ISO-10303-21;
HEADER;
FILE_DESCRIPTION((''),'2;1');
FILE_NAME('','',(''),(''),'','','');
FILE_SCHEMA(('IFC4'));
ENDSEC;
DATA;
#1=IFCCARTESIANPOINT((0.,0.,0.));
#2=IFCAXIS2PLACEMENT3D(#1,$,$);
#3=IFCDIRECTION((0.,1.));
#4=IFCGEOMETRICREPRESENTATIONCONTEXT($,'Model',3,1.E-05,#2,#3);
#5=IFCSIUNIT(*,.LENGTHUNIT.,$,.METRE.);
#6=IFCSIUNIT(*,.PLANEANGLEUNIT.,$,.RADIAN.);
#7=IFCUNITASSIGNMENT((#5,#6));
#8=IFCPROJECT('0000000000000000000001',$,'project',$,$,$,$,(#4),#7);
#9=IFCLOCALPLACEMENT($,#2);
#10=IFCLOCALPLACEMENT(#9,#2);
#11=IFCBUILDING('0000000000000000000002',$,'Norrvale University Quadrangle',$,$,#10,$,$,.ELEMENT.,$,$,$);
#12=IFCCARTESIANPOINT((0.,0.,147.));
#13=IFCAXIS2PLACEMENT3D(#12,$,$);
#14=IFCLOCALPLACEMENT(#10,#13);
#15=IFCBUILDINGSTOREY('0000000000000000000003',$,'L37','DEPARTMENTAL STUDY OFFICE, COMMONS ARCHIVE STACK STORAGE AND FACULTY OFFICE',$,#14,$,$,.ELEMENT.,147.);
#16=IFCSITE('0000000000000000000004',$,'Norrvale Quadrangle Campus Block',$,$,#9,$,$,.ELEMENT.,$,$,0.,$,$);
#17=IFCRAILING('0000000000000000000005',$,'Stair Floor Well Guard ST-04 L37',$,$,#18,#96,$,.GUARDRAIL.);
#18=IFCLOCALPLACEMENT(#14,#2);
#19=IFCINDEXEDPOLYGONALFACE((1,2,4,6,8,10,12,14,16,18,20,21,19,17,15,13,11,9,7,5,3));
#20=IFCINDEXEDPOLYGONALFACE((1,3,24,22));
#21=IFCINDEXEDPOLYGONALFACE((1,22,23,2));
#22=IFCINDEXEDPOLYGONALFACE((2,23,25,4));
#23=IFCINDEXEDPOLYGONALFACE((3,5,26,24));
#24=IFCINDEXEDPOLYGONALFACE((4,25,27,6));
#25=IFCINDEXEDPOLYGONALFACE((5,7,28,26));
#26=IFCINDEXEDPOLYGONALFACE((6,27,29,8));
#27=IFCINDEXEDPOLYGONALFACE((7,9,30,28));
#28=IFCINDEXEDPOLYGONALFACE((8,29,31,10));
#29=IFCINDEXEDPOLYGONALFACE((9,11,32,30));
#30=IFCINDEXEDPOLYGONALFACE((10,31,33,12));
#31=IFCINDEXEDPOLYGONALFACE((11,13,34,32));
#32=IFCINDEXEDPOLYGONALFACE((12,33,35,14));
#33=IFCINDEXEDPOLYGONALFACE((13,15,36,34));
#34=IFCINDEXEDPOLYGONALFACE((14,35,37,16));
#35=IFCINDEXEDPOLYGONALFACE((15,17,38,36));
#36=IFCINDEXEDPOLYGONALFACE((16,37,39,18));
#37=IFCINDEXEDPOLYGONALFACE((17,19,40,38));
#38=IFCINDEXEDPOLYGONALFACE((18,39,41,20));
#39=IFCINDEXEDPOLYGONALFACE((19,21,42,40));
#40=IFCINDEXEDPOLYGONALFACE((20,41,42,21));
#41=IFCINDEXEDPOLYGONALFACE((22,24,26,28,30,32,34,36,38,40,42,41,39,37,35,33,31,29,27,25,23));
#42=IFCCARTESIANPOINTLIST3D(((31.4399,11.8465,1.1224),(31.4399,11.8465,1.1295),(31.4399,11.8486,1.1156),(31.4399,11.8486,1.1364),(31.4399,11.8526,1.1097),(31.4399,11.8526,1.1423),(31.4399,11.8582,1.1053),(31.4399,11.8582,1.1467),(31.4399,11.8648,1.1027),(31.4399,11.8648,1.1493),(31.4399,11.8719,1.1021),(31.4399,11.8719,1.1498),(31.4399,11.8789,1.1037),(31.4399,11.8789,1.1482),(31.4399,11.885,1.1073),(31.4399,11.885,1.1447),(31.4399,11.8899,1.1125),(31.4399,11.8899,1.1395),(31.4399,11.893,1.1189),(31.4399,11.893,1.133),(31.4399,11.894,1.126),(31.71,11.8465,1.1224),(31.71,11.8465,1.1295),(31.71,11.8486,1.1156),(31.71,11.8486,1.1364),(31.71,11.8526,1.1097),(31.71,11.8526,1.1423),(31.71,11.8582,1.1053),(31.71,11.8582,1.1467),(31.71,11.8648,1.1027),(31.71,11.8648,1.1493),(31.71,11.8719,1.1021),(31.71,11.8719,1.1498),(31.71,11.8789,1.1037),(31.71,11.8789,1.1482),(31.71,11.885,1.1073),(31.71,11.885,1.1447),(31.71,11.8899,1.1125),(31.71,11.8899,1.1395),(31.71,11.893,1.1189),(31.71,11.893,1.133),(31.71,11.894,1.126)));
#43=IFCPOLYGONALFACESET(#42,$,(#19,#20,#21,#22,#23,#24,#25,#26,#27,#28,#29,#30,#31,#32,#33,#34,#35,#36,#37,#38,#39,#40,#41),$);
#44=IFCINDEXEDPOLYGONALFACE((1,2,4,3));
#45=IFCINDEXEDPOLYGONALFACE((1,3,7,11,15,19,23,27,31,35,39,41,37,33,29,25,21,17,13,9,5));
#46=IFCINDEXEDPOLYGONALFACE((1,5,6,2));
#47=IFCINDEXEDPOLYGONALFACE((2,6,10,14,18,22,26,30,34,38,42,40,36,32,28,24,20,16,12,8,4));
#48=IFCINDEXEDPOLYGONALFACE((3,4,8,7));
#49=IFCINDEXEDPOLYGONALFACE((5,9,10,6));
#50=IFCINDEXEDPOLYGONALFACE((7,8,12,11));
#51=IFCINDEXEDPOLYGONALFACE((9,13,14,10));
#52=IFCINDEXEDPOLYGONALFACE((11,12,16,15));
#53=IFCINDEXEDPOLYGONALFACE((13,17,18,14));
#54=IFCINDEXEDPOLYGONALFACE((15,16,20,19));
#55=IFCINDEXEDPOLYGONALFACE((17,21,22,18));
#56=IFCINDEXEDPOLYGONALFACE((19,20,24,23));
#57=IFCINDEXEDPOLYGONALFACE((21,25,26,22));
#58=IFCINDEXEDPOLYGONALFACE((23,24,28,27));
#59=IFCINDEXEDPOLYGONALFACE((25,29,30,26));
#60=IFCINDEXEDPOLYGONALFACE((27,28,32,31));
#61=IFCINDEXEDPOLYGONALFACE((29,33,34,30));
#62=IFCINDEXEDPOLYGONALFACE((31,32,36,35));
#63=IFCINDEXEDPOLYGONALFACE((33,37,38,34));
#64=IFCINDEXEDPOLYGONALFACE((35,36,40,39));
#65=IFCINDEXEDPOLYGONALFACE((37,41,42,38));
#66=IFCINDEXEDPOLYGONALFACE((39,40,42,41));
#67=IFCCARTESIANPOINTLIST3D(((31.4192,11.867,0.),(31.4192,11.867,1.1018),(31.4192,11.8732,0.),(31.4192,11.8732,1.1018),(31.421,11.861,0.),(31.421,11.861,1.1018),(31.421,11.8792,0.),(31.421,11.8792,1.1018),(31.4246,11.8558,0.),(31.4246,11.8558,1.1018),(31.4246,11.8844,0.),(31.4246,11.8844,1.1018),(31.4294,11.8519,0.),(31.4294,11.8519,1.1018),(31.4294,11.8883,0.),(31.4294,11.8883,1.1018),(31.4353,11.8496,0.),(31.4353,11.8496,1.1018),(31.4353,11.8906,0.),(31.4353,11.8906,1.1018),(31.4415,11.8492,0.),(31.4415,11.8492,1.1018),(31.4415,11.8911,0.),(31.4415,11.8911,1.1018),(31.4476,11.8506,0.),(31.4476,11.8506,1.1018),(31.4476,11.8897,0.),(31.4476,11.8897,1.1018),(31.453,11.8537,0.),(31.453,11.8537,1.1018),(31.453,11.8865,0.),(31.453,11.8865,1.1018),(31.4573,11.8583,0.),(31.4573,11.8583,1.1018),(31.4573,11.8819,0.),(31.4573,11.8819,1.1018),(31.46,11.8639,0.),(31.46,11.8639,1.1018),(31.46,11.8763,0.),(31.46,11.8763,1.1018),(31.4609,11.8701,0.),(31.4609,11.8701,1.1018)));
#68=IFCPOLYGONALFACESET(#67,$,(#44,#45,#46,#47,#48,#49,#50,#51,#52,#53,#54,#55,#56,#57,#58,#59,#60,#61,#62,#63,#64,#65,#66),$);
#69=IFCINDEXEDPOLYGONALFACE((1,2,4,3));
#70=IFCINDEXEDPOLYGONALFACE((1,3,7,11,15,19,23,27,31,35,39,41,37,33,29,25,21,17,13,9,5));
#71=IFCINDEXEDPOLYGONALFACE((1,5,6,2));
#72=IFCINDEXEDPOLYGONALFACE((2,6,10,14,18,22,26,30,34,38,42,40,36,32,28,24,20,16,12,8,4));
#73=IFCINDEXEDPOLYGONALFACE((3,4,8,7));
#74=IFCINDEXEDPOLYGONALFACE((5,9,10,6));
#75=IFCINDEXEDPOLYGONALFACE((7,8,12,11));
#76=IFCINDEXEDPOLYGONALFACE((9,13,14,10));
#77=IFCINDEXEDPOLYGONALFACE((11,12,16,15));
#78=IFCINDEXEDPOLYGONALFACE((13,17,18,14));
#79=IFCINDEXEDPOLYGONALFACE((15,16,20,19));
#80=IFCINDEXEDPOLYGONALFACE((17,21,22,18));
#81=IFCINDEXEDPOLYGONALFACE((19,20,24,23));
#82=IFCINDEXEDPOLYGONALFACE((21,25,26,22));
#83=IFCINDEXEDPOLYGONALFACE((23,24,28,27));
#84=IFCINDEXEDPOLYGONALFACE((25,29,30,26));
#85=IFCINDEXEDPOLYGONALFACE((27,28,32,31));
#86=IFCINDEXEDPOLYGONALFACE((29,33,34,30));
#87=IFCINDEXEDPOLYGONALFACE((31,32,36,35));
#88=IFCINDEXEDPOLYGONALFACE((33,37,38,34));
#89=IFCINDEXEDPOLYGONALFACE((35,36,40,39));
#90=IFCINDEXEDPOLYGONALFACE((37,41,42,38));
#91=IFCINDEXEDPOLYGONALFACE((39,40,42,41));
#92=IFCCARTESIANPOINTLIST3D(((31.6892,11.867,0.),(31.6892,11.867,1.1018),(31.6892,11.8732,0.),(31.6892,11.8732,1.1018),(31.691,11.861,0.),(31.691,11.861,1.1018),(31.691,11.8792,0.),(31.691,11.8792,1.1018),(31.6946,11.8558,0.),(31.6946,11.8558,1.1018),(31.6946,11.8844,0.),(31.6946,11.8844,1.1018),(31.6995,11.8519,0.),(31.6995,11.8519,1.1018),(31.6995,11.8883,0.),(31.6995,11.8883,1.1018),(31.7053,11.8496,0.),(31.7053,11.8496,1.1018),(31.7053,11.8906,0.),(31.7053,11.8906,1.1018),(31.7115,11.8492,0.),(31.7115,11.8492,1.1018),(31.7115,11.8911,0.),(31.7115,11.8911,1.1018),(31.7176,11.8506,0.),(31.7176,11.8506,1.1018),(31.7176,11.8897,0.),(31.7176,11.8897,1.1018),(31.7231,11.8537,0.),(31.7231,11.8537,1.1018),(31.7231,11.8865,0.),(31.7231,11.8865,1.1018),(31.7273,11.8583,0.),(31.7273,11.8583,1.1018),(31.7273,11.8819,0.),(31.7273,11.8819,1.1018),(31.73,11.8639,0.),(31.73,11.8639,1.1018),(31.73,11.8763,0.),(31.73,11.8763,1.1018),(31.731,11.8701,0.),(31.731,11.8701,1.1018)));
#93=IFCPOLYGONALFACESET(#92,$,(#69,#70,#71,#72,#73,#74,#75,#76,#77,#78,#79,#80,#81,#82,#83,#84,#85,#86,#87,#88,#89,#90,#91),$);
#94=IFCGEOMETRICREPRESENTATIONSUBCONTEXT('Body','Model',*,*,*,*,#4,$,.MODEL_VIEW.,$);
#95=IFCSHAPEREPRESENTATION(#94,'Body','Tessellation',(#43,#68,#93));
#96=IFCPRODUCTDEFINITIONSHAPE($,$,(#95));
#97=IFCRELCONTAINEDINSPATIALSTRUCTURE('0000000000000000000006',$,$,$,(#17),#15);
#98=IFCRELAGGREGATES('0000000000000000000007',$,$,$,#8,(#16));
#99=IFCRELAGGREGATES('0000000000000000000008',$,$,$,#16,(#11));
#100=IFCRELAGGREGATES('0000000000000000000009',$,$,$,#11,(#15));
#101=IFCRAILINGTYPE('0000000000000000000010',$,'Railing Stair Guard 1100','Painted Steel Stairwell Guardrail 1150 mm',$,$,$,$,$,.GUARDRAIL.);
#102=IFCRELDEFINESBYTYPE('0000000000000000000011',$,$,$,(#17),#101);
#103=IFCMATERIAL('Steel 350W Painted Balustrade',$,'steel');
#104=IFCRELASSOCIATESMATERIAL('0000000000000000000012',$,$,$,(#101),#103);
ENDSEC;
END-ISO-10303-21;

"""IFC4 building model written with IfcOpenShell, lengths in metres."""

from ifc_helpers import new_model, si_unit, direction, frame, origin, origin_2d, place, context, subcontext, project, spatial, circle, extrude, material, type_object, element, save


model = new_model("IFC4")

# Units and contexts
model_context = context("Model", 3, precision=1e-05, world=origin(), true_north=direction((0.0, 1.0)))
body_context = subcontext(model_context, "Body", "Model", "MODEL_VIEW")
ifc_project = project(units=[si_unit("LENGTHUNIT", "METRE"), si_unit("PLANEANGLEUNIT", "RADIAN")], contexts=[model_context])

# Site, building, storey
site_placement = place(None, origin())
site = spatial("IfcSite", under=ifc_project, at=site_placement, Name="Norrvale Quadrangle Campus Block", CompositionType="ELEMENT", RefElevation=0.0)
building_placement = place(site_placement, origin())
building = spatial("IfcBuilding", under=site, at=building_placement, Name="Norrvale University Quadrangle", CompositionType="ELEMENT")
storey_placement = place(building_placement, frame((0.0, 0.0, 147.0)))
storey = spatial("IfcBuildingStorey", under=building, at=storey_placement, Name="L37", Description="DEPARTMENTAL STUDY OFFICE, COMMONS ARCHIVE STACK STORAGE AND FACULTY OFFICE", CompositionType="ELEMENT", Elevation=147.0)

# Railing
ifc_material_1 = material(Name="Steel 350W Painted Balustrade", Category="steel")
railing_type_1 = type_object("IfcRailingType", Name="Railing Stair Guard 1100", Description="Painted Steel Stairwell Guardrail 1150 mm", PredefinedType="GUARDRAIL", material=ifc_material_1)
railing_1_placement = place(storey_placement, frame((31.4399, 11.8701, 0.0)))
element("IfcRailing", 1, at=railing_1_placement, inside=storey, type_object=railing_type_1, Name="Stair Floor Well Guard ST-04 L37", PredefinedType="GUARDRAIL", context=body_context, shape_type="SweptSolid", body=[
    extrude(circle(Radius=0.0239, at=origin_2d()), frame((0.0, 0.0, 1.126), z_axis=(1.0, 0.0, 0.0), x_axis=(0.0, 1.0, 0.0)), (0.0, 0.0, 1.0), 0.27),
    extrude(circle(Radius=0.021, at=origin_2d()), origin(), (0.0, 0.0, 1.0), 1.1018),
    extrude(circle(Radius=0.021, at=origin_2d()), frame((0.27, 0.0, 0.0)), (0.0, 0.0, 1.0), 1.1018),
])

save(model, "model.ifc")
